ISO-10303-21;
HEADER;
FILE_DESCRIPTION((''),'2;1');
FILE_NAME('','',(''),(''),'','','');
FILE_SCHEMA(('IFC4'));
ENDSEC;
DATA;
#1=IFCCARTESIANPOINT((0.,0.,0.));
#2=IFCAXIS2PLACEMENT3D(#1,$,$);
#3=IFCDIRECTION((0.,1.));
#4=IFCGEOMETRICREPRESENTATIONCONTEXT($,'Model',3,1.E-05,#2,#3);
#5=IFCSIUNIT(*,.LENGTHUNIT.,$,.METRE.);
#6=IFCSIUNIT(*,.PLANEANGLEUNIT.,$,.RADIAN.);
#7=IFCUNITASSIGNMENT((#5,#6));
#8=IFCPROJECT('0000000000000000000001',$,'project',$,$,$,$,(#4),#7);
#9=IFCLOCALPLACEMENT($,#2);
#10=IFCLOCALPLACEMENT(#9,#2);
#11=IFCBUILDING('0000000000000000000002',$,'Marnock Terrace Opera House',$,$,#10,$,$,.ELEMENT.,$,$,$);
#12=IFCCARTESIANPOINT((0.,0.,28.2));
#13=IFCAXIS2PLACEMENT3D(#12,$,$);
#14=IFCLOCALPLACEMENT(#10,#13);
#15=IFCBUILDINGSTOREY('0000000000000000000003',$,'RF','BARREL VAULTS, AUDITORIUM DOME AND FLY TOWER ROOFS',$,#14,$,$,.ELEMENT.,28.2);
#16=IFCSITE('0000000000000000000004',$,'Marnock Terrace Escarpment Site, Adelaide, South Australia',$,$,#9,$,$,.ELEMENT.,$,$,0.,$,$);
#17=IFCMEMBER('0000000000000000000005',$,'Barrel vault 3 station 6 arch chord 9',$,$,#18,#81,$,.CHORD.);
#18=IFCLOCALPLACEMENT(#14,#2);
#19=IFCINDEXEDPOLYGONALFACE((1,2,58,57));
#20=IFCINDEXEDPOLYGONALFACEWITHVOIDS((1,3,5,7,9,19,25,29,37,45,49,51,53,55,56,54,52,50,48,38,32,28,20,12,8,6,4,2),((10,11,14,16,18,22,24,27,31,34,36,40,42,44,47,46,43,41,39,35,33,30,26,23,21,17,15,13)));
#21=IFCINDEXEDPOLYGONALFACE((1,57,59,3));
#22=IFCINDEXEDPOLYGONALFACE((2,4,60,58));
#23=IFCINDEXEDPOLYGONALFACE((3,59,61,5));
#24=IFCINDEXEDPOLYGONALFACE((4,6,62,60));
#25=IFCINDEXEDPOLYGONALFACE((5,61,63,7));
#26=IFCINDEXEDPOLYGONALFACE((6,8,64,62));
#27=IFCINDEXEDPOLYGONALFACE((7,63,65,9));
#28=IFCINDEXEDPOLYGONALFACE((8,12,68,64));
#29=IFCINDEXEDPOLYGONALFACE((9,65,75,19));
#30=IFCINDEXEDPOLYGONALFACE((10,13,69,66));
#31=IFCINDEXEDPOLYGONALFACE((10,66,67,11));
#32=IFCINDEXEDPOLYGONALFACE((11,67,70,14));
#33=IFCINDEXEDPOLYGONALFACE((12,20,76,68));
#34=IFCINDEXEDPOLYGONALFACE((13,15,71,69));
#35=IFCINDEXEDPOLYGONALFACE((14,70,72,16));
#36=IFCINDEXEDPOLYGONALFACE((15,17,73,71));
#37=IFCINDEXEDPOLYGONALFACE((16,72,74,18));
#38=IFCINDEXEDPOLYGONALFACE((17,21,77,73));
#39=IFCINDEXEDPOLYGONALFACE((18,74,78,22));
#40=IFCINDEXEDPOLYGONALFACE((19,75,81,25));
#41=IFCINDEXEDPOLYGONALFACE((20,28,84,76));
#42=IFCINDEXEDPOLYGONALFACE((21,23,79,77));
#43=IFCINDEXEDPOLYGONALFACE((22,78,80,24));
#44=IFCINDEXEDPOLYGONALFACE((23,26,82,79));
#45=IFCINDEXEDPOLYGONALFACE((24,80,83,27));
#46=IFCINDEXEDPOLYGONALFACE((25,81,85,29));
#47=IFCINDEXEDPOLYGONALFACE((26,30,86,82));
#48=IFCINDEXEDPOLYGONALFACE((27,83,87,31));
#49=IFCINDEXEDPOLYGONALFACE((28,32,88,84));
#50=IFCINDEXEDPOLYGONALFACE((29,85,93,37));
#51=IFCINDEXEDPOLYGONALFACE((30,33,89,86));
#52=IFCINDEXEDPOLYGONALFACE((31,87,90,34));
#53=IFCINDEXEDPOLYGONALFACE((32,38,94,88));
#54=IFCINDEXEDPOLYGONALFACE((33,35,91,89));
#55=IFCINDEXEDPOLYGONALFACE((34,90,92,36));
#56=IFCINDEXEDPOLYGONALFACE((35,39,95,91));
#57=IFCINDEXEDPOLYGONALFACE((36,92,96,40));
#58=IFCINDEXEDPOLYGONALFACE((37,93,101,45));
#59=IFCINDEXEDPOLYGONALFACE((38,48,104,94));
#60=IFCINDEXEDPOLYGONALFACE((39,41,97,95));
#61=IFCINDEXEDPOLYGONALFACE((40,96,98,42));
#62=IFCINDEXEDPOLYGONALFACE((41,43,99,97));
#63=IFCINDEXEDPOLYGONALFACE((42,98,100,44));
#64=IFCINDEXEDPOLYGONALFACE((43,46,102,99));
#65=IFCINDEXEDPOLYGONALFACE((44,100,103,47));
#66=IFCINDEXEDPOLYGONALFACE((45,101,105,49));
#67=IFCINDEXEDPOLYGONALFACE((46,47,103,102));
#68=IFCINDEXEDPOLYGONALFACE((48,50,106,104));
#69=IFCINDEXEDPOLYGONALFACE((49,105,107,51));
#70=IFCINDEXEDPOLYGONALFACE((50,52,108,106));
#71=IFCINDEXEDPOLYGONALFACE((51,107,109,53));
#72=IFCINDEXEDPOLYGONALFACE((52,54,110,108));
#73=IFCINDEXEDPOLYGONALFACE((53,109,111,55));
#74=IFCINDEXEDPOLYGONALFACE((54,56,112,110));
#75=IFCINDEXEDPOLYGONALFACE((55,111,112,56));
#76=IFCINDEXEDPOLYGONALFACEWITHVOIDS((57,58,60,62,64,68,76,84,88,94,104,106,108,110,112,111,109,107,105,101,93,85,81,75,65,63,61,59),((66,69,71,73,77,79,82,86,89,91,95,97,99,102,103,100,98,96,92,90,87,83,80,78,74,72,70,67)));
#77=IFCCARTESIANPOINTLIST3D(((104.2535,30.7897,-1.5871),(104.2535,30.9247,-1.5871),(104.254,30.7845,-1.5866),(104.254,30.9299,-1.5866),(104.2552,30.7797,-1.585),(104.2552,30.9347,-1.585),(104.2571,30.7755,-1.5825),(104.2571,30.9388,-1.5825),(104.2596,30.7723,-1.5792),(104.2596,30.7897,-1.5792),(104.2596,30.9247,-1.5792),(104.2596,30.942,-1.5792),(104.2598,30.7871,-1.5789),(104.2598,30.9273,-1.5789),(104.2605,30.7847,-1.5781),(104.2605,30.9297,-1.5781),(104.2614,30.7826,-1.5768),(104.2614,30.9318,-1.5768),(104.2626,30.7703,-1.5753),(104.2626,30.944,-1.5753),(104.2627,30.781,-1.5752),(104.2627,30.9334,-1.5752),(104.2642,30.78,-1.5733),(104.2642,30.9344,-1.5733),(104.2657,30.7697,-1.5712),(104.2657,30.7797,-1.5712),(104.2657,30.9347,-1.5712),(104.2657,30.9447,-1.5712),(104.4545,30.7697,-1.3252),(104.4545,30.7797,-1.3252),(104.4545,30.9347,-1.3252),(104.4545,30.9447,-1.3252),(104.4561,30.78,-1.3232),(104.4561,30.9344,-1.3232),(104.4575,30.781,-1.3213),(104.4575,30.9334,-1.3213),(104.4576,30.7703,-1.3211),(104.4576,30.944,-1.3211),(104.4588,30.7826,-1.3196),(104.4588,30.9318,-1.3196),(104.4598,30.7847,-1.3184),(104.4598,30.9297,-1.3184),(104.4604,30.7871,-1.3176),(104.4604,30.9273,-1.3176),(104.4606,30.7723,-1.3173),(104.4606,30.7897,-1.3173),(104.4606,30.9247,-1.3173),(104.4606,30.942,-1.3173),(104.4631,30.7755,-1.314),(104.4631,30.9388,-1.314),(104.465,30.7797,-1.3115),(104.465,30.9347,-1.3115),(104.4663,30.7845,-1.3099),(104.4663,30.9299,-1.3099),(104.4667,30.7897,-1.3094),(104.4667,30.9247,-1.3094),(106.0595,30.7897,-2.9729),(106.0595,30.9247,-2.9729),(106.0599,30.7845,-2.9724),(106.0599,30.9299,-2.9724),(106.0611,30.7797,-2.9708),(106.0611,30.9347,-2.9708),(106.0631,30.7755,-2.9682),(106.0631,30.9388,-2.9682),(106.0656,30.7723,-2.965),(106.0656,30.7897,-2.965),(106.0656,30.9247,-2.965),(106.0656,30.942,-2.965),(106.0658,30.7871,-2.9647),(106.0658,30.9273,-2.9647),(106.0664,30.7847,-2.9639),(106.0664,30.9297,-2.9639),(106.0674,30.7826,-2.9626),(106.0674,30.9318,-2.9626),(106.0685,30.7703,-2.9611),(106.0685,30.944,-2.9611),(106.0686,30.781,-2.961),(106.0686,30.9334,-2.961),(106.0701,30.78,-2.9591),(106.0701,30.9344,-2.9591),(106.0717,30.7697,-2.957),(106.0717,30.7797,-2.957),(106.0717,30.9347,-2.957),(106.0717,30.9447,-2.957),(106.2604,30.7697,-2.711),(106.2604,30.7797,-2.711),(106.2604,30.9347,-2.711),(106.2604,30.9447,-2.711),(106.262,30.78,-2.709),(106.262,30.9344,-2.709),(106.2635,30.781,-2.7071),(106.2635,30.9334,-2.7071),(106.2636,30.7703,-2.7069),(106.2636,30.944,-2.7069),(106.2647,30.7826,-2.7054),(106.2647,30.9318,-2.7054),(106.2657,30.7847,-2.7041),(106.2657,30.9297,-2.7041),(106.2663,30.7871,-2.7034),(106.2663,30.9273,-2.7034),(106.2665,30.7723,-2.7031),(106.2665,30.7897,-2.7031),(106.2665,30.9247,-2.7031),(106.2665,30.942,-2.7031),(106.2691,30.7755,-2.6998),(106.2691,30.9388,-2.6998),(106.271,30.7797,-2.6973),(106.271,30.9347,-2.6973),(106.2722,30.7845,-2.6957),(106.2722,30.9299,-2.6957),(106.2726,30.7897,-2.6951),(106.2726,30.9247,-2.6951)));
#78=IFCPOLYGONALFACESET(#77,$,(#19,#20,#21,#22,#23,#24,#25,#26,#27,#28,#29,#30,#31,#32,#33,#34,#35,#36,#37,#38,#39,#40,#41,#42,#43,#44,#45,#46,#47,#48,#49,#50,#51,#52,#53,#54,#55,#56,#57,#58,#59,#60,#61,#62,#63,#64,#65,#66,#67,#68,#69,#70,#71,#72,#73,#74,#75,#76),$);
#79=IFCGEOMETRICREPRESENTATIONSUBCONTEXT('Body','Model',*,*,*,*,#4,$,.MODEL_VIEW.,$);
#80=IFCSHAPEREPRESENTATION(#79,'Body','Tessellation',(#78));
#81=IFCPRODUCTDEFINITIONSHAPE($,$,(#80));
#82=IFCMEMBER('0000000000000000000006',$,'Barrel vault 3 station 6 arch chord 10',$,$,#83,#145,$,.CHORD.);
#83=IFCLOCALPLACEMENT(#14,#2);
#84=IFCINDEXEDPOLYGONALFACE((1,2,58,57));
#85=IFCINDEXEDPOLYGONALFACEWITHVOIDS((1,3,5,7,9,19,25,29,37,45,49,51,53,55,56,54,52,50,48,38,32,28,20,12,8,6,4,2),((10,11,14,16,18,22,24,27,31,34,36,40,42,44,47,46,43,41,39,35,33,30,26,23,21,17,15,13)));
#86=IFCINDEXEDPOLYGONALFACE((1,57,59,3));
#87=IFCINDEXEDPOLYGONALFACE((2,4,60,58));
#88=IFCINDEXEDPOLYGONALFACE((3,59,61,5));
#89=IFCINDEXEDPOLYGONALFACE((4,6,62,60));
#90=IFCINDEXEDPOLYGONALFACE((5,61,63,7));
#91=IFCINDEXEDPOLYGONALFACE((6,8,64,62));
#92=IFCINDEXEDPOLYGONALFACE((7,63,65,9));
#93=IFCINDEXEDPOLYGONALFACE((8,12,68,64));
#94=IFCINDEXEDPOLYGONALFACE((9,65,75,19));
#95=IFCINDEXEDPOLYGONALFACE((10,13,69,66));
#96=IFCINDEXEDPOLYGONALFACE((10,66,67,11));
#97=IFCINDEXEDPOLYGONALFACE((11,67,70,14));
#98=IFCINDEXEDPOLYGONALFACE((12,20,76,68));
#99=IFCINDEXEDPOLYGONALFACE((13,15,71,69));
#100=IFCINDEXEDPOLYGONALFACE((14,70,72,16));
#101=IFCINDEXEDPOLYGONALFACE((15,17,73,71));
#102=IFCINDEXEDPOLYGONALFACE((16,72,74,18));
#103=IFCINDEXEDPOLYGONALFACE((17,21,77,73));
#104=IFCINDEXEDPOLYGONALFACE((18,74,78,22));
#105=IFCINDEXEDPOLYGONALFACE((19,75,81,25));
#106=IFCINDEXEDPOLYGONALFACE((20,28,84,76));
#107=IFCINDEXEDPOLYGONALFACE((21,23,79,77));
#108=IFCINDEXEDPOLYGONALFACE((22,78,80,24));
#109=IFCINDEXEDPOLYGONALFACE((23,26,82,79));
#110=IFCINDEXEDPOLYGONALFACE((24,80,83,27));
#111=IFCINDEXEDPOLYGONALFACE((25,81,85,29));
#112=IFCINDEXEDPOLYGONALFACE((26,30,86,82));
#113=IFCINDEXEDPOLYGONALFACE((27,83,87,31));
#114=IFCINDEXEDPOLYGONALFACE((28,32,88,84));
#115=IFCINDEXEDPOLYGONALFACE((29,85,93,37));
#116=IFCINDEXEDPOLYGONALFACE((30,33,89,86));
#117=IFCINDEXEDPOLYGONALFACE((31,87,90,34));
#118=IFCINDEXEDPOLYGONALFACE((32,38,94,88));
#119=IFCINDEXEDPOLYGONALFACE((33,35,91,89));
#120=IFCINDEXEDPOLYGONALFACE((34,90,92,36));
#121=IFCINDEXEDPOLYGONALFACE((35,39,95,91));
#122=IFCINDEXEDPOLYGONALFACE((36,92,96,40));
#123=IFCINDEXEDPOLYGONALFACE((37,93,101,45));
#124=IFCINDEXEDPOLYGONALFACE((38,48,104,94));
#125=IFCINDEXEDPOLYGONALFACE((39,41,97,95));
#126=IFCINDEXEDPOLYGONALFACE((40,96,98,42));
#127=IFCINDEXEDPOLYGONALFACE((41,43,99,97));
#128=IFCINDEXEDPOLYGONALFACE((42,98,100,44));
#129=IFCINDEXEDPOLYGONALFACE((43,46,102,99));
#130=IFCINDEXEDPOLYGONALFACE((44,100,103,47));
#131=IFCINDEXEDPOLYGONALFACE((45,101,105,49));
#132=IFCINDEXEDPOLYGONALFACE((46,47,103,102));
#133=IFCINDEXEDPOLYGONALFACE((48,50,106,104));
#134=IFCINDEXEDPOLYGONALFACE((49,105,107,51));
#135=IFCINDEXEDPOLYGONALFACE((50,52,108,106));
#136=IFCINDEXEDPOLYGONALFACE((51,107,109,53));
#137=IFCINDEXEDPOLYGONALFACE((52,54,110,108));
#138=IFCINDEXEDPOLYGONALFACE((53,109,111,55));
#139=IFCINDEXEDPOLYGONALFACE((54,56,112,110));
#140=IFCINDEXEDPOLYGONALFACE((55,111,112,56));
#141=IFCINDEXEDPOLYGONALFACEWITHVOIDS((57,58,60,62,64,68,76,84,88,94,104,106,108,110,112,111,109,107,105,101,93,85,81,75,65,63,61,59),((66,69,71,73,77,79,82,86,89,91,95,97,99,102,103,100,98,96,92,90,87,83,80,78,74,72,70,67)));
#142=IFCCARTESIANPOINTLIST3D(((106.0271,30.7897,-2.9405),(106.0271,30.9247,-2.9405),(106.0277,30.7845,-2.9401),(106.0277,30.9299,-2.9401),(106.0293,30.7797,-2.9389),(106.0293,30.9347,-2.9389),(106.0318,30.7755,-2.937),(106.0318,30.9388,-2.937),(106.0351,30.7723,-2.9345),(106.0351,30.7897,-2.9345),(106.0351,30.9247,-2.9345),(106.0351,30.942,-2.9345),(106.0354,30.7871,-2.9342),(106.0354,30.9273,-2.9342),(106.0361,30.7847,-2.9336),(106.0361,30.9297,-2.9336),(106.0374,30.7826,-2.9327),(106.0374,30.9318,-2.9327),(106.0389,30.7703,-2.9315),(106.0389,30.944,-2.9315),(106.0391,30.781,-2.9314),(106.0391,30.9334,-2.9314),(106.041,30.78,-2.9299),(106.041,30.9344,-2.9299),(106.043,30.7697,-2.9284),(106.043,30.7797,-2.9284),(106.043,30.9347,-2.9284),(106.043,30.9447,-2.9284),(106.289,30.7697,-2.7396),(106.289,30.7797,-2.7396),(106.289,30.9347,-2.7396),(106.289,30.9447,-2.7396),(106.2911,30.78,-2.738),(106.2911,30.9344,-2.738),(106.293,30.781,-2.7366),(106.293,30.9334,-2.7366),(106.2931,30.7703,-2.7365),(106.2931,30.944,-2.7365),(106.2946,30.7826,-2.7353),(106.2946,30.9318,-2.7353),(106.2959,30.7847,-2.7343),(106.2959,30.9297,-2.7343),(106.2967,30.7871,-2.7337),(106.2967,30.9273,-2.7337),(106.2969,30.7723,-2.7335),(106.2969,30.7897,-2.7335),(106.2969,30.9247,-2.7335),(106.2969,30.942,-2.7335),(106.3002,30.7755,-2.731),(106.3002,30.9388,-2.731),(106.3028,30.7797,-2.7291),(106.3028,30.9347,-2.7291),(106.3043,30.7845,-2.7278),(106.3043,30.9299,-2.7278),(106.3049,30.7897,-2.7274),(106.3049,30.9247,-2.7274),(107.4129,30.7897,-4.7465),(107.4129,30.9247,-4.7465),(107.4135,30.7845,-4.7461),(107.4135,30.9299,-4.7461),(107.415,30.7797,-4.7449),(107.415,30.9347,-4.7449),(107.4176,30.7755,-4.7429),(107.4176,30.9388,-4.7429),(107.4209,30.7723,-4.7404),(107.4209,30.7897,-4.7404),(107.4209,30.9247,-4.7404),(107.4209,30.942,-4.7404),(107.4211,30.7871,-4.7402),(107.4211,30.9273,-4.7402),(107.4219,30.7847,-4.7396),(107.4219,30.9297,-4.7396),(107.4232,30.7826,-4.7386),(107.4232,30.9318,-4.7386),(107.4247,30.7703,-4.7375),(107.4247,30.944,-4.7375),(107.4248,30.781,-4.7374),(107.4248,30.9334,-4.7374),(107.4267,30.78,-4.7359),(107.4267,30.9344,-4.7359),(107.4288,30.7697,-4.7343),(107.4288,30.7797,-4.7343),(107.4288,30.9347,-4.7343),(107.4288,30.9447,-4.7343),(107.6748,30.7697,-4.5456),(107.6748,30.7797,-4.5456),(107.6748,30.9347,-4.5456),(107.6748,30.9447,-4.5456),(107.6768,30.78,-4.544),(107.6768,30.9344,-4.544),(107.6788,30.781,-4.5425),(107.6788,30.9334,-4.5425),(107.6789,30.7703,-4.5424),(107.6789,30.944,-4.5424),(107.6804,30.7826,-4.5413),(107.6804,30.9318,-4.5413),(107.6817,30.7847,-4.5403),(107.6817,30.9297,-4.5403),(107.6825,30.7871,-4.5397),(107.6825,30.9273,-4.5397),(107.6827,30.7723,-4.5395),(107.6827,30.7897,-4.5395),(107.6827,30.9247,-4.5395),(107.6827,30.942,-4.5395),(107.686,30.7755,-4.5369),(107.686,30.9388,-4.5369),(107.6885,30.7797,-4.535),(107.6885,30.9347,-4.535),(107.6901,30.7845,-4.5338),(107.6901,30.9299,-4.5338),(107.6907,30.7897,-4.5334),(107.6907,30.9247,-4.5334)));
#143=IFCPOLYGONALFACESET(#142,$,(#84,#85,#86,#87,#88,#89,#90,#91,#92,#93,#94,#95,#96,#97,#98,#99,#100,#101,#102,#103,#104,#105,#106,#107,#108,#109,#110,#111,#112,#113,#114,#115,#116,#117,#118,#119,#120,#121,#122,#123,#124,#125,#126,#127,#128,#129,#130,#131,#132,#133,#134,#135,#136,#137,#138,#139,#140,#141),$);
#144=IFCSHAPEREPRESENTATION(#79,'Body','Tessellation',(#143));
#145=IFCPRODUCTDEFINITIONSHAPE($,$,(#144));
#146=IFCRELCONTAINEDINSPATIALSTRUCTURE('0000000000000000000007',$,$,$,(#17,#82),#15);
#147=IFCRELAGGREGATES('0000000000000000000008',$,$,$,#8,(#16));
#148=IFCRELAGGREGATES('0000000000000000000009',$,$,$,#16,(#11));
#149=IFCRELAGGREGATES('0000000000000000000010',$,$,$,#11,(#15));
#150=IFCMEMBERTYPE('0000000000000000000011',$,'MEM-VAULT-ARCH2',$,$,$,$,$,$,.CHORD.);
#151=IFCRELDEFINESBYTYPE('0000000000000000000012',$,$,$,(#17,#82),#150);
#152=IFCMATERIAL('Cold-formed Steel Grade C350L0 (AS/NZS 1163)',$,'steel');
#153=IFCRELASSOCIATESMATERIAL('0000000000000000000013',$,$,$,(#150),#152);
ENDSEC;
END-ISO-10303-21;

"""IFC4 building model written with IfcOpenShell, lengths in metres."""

from ifc_helpers import new_model, si_unit, direction, frame, origin, origin_2d, place, context, subcontext, project, spatial, hollow_rectangle, extrude, material, material_profile, profile_set, type_object, element, save


model = new_model("IFC4")

# Units and contexts
model_context = context("Model", 3, precision=1e-05, world=origin(), true_north=direction((0.0, 1.0)))
body_context = subcontext(model_context, "Body", "Model", "MODEL_VIEW")
ifc_project = project(units=[si_unit("LENGTHUNIT", "METRE"), si_unit("PLANEANGLEUNIT", "RADIAN")], contexts=[model_context])

# Site, building, storey
site_placement = place(None, origin())
site = spatial("IfcSite", under=ifc_project, at=site_placement, Name="Marnock Terrace Escarpment Site, Adelaide, South Australia", CompositionType="ELEMENT", RefElevation=0.0)
building_placement = place(site_placement, origin())
building = spatial("IfcBuilding", under=site, at=building_placement, Name="Marnock Terrace Opera House", CompositionType="ELEMENT")
storey_placement = place(building_placement, frame((0.0, 0.0, 28.2)))
storey = spatial("IfcBuildingStorey", under=building, at=storey_placement, Name="RF", Description="BARREL VAULTS, AUDITORIUM DOME AND FLY TOWER ROOFS", CompositionType="ELEMENT", Elevation=28.2)

# Members
ifc_material = material(Name="Cold-formed Steel Grade C350L0 (AS/NZS 1163)", Category="steel")
ifc_material_profile_1 = material_profile(ifc_material, hollow_rectangle(XDim=0.175, YDim=0.3501, WallThickness=0.01, InnerFilletRadius=0.01, OuterFilletRadius=0.02, at=origin_2d()))
ifc_profile_set_1 = profile_set([ifc_material_profile_1], Name="Cold-formed Steel Grade C350L0 (AS/NZS 1163)")
member_type_1 = type_object("IfcMemberType", Name="MEM-VAULT-ARCH2", PredefinedType="CHORD", material=ifc_profile_set_1)
for number, where, z_axis, x_axis, name in (
    (1, (104.3601, 30.8572, -1.4482), (0.793349, 0.0, -0.608767), (0.0, 1.0, 0.0), "Barrel vault 3 station 6 arch chord 9"),
    (2, (106.166, 30.8572, -2.834), (0.608767, 0.0, -0.793349), (0.0, 1.0, 0.0), "Barrel vault 3 station 6 arch chord 10"),
):
    element("IfcMember", number, at=place(storey_placement, frame(where, z_axis=z_axis, x_axis=x_axis)), inside=storey, type_object=member_type_1, Name=name, PredefinedType="CHORD", context=body_context, shape_type="SweptSolid", body=[
        extrude(hollow_rectangle(XDim=0.175, YDim=0.3501, WallThickness=0.01, InnerFilletRadius=0.01, OuterFilletRadius=0.02, at=origin_2d()), origin(), (0.0, 0.0, 1.0), 2.2764),
    ])

save(model, "model.ifc")
